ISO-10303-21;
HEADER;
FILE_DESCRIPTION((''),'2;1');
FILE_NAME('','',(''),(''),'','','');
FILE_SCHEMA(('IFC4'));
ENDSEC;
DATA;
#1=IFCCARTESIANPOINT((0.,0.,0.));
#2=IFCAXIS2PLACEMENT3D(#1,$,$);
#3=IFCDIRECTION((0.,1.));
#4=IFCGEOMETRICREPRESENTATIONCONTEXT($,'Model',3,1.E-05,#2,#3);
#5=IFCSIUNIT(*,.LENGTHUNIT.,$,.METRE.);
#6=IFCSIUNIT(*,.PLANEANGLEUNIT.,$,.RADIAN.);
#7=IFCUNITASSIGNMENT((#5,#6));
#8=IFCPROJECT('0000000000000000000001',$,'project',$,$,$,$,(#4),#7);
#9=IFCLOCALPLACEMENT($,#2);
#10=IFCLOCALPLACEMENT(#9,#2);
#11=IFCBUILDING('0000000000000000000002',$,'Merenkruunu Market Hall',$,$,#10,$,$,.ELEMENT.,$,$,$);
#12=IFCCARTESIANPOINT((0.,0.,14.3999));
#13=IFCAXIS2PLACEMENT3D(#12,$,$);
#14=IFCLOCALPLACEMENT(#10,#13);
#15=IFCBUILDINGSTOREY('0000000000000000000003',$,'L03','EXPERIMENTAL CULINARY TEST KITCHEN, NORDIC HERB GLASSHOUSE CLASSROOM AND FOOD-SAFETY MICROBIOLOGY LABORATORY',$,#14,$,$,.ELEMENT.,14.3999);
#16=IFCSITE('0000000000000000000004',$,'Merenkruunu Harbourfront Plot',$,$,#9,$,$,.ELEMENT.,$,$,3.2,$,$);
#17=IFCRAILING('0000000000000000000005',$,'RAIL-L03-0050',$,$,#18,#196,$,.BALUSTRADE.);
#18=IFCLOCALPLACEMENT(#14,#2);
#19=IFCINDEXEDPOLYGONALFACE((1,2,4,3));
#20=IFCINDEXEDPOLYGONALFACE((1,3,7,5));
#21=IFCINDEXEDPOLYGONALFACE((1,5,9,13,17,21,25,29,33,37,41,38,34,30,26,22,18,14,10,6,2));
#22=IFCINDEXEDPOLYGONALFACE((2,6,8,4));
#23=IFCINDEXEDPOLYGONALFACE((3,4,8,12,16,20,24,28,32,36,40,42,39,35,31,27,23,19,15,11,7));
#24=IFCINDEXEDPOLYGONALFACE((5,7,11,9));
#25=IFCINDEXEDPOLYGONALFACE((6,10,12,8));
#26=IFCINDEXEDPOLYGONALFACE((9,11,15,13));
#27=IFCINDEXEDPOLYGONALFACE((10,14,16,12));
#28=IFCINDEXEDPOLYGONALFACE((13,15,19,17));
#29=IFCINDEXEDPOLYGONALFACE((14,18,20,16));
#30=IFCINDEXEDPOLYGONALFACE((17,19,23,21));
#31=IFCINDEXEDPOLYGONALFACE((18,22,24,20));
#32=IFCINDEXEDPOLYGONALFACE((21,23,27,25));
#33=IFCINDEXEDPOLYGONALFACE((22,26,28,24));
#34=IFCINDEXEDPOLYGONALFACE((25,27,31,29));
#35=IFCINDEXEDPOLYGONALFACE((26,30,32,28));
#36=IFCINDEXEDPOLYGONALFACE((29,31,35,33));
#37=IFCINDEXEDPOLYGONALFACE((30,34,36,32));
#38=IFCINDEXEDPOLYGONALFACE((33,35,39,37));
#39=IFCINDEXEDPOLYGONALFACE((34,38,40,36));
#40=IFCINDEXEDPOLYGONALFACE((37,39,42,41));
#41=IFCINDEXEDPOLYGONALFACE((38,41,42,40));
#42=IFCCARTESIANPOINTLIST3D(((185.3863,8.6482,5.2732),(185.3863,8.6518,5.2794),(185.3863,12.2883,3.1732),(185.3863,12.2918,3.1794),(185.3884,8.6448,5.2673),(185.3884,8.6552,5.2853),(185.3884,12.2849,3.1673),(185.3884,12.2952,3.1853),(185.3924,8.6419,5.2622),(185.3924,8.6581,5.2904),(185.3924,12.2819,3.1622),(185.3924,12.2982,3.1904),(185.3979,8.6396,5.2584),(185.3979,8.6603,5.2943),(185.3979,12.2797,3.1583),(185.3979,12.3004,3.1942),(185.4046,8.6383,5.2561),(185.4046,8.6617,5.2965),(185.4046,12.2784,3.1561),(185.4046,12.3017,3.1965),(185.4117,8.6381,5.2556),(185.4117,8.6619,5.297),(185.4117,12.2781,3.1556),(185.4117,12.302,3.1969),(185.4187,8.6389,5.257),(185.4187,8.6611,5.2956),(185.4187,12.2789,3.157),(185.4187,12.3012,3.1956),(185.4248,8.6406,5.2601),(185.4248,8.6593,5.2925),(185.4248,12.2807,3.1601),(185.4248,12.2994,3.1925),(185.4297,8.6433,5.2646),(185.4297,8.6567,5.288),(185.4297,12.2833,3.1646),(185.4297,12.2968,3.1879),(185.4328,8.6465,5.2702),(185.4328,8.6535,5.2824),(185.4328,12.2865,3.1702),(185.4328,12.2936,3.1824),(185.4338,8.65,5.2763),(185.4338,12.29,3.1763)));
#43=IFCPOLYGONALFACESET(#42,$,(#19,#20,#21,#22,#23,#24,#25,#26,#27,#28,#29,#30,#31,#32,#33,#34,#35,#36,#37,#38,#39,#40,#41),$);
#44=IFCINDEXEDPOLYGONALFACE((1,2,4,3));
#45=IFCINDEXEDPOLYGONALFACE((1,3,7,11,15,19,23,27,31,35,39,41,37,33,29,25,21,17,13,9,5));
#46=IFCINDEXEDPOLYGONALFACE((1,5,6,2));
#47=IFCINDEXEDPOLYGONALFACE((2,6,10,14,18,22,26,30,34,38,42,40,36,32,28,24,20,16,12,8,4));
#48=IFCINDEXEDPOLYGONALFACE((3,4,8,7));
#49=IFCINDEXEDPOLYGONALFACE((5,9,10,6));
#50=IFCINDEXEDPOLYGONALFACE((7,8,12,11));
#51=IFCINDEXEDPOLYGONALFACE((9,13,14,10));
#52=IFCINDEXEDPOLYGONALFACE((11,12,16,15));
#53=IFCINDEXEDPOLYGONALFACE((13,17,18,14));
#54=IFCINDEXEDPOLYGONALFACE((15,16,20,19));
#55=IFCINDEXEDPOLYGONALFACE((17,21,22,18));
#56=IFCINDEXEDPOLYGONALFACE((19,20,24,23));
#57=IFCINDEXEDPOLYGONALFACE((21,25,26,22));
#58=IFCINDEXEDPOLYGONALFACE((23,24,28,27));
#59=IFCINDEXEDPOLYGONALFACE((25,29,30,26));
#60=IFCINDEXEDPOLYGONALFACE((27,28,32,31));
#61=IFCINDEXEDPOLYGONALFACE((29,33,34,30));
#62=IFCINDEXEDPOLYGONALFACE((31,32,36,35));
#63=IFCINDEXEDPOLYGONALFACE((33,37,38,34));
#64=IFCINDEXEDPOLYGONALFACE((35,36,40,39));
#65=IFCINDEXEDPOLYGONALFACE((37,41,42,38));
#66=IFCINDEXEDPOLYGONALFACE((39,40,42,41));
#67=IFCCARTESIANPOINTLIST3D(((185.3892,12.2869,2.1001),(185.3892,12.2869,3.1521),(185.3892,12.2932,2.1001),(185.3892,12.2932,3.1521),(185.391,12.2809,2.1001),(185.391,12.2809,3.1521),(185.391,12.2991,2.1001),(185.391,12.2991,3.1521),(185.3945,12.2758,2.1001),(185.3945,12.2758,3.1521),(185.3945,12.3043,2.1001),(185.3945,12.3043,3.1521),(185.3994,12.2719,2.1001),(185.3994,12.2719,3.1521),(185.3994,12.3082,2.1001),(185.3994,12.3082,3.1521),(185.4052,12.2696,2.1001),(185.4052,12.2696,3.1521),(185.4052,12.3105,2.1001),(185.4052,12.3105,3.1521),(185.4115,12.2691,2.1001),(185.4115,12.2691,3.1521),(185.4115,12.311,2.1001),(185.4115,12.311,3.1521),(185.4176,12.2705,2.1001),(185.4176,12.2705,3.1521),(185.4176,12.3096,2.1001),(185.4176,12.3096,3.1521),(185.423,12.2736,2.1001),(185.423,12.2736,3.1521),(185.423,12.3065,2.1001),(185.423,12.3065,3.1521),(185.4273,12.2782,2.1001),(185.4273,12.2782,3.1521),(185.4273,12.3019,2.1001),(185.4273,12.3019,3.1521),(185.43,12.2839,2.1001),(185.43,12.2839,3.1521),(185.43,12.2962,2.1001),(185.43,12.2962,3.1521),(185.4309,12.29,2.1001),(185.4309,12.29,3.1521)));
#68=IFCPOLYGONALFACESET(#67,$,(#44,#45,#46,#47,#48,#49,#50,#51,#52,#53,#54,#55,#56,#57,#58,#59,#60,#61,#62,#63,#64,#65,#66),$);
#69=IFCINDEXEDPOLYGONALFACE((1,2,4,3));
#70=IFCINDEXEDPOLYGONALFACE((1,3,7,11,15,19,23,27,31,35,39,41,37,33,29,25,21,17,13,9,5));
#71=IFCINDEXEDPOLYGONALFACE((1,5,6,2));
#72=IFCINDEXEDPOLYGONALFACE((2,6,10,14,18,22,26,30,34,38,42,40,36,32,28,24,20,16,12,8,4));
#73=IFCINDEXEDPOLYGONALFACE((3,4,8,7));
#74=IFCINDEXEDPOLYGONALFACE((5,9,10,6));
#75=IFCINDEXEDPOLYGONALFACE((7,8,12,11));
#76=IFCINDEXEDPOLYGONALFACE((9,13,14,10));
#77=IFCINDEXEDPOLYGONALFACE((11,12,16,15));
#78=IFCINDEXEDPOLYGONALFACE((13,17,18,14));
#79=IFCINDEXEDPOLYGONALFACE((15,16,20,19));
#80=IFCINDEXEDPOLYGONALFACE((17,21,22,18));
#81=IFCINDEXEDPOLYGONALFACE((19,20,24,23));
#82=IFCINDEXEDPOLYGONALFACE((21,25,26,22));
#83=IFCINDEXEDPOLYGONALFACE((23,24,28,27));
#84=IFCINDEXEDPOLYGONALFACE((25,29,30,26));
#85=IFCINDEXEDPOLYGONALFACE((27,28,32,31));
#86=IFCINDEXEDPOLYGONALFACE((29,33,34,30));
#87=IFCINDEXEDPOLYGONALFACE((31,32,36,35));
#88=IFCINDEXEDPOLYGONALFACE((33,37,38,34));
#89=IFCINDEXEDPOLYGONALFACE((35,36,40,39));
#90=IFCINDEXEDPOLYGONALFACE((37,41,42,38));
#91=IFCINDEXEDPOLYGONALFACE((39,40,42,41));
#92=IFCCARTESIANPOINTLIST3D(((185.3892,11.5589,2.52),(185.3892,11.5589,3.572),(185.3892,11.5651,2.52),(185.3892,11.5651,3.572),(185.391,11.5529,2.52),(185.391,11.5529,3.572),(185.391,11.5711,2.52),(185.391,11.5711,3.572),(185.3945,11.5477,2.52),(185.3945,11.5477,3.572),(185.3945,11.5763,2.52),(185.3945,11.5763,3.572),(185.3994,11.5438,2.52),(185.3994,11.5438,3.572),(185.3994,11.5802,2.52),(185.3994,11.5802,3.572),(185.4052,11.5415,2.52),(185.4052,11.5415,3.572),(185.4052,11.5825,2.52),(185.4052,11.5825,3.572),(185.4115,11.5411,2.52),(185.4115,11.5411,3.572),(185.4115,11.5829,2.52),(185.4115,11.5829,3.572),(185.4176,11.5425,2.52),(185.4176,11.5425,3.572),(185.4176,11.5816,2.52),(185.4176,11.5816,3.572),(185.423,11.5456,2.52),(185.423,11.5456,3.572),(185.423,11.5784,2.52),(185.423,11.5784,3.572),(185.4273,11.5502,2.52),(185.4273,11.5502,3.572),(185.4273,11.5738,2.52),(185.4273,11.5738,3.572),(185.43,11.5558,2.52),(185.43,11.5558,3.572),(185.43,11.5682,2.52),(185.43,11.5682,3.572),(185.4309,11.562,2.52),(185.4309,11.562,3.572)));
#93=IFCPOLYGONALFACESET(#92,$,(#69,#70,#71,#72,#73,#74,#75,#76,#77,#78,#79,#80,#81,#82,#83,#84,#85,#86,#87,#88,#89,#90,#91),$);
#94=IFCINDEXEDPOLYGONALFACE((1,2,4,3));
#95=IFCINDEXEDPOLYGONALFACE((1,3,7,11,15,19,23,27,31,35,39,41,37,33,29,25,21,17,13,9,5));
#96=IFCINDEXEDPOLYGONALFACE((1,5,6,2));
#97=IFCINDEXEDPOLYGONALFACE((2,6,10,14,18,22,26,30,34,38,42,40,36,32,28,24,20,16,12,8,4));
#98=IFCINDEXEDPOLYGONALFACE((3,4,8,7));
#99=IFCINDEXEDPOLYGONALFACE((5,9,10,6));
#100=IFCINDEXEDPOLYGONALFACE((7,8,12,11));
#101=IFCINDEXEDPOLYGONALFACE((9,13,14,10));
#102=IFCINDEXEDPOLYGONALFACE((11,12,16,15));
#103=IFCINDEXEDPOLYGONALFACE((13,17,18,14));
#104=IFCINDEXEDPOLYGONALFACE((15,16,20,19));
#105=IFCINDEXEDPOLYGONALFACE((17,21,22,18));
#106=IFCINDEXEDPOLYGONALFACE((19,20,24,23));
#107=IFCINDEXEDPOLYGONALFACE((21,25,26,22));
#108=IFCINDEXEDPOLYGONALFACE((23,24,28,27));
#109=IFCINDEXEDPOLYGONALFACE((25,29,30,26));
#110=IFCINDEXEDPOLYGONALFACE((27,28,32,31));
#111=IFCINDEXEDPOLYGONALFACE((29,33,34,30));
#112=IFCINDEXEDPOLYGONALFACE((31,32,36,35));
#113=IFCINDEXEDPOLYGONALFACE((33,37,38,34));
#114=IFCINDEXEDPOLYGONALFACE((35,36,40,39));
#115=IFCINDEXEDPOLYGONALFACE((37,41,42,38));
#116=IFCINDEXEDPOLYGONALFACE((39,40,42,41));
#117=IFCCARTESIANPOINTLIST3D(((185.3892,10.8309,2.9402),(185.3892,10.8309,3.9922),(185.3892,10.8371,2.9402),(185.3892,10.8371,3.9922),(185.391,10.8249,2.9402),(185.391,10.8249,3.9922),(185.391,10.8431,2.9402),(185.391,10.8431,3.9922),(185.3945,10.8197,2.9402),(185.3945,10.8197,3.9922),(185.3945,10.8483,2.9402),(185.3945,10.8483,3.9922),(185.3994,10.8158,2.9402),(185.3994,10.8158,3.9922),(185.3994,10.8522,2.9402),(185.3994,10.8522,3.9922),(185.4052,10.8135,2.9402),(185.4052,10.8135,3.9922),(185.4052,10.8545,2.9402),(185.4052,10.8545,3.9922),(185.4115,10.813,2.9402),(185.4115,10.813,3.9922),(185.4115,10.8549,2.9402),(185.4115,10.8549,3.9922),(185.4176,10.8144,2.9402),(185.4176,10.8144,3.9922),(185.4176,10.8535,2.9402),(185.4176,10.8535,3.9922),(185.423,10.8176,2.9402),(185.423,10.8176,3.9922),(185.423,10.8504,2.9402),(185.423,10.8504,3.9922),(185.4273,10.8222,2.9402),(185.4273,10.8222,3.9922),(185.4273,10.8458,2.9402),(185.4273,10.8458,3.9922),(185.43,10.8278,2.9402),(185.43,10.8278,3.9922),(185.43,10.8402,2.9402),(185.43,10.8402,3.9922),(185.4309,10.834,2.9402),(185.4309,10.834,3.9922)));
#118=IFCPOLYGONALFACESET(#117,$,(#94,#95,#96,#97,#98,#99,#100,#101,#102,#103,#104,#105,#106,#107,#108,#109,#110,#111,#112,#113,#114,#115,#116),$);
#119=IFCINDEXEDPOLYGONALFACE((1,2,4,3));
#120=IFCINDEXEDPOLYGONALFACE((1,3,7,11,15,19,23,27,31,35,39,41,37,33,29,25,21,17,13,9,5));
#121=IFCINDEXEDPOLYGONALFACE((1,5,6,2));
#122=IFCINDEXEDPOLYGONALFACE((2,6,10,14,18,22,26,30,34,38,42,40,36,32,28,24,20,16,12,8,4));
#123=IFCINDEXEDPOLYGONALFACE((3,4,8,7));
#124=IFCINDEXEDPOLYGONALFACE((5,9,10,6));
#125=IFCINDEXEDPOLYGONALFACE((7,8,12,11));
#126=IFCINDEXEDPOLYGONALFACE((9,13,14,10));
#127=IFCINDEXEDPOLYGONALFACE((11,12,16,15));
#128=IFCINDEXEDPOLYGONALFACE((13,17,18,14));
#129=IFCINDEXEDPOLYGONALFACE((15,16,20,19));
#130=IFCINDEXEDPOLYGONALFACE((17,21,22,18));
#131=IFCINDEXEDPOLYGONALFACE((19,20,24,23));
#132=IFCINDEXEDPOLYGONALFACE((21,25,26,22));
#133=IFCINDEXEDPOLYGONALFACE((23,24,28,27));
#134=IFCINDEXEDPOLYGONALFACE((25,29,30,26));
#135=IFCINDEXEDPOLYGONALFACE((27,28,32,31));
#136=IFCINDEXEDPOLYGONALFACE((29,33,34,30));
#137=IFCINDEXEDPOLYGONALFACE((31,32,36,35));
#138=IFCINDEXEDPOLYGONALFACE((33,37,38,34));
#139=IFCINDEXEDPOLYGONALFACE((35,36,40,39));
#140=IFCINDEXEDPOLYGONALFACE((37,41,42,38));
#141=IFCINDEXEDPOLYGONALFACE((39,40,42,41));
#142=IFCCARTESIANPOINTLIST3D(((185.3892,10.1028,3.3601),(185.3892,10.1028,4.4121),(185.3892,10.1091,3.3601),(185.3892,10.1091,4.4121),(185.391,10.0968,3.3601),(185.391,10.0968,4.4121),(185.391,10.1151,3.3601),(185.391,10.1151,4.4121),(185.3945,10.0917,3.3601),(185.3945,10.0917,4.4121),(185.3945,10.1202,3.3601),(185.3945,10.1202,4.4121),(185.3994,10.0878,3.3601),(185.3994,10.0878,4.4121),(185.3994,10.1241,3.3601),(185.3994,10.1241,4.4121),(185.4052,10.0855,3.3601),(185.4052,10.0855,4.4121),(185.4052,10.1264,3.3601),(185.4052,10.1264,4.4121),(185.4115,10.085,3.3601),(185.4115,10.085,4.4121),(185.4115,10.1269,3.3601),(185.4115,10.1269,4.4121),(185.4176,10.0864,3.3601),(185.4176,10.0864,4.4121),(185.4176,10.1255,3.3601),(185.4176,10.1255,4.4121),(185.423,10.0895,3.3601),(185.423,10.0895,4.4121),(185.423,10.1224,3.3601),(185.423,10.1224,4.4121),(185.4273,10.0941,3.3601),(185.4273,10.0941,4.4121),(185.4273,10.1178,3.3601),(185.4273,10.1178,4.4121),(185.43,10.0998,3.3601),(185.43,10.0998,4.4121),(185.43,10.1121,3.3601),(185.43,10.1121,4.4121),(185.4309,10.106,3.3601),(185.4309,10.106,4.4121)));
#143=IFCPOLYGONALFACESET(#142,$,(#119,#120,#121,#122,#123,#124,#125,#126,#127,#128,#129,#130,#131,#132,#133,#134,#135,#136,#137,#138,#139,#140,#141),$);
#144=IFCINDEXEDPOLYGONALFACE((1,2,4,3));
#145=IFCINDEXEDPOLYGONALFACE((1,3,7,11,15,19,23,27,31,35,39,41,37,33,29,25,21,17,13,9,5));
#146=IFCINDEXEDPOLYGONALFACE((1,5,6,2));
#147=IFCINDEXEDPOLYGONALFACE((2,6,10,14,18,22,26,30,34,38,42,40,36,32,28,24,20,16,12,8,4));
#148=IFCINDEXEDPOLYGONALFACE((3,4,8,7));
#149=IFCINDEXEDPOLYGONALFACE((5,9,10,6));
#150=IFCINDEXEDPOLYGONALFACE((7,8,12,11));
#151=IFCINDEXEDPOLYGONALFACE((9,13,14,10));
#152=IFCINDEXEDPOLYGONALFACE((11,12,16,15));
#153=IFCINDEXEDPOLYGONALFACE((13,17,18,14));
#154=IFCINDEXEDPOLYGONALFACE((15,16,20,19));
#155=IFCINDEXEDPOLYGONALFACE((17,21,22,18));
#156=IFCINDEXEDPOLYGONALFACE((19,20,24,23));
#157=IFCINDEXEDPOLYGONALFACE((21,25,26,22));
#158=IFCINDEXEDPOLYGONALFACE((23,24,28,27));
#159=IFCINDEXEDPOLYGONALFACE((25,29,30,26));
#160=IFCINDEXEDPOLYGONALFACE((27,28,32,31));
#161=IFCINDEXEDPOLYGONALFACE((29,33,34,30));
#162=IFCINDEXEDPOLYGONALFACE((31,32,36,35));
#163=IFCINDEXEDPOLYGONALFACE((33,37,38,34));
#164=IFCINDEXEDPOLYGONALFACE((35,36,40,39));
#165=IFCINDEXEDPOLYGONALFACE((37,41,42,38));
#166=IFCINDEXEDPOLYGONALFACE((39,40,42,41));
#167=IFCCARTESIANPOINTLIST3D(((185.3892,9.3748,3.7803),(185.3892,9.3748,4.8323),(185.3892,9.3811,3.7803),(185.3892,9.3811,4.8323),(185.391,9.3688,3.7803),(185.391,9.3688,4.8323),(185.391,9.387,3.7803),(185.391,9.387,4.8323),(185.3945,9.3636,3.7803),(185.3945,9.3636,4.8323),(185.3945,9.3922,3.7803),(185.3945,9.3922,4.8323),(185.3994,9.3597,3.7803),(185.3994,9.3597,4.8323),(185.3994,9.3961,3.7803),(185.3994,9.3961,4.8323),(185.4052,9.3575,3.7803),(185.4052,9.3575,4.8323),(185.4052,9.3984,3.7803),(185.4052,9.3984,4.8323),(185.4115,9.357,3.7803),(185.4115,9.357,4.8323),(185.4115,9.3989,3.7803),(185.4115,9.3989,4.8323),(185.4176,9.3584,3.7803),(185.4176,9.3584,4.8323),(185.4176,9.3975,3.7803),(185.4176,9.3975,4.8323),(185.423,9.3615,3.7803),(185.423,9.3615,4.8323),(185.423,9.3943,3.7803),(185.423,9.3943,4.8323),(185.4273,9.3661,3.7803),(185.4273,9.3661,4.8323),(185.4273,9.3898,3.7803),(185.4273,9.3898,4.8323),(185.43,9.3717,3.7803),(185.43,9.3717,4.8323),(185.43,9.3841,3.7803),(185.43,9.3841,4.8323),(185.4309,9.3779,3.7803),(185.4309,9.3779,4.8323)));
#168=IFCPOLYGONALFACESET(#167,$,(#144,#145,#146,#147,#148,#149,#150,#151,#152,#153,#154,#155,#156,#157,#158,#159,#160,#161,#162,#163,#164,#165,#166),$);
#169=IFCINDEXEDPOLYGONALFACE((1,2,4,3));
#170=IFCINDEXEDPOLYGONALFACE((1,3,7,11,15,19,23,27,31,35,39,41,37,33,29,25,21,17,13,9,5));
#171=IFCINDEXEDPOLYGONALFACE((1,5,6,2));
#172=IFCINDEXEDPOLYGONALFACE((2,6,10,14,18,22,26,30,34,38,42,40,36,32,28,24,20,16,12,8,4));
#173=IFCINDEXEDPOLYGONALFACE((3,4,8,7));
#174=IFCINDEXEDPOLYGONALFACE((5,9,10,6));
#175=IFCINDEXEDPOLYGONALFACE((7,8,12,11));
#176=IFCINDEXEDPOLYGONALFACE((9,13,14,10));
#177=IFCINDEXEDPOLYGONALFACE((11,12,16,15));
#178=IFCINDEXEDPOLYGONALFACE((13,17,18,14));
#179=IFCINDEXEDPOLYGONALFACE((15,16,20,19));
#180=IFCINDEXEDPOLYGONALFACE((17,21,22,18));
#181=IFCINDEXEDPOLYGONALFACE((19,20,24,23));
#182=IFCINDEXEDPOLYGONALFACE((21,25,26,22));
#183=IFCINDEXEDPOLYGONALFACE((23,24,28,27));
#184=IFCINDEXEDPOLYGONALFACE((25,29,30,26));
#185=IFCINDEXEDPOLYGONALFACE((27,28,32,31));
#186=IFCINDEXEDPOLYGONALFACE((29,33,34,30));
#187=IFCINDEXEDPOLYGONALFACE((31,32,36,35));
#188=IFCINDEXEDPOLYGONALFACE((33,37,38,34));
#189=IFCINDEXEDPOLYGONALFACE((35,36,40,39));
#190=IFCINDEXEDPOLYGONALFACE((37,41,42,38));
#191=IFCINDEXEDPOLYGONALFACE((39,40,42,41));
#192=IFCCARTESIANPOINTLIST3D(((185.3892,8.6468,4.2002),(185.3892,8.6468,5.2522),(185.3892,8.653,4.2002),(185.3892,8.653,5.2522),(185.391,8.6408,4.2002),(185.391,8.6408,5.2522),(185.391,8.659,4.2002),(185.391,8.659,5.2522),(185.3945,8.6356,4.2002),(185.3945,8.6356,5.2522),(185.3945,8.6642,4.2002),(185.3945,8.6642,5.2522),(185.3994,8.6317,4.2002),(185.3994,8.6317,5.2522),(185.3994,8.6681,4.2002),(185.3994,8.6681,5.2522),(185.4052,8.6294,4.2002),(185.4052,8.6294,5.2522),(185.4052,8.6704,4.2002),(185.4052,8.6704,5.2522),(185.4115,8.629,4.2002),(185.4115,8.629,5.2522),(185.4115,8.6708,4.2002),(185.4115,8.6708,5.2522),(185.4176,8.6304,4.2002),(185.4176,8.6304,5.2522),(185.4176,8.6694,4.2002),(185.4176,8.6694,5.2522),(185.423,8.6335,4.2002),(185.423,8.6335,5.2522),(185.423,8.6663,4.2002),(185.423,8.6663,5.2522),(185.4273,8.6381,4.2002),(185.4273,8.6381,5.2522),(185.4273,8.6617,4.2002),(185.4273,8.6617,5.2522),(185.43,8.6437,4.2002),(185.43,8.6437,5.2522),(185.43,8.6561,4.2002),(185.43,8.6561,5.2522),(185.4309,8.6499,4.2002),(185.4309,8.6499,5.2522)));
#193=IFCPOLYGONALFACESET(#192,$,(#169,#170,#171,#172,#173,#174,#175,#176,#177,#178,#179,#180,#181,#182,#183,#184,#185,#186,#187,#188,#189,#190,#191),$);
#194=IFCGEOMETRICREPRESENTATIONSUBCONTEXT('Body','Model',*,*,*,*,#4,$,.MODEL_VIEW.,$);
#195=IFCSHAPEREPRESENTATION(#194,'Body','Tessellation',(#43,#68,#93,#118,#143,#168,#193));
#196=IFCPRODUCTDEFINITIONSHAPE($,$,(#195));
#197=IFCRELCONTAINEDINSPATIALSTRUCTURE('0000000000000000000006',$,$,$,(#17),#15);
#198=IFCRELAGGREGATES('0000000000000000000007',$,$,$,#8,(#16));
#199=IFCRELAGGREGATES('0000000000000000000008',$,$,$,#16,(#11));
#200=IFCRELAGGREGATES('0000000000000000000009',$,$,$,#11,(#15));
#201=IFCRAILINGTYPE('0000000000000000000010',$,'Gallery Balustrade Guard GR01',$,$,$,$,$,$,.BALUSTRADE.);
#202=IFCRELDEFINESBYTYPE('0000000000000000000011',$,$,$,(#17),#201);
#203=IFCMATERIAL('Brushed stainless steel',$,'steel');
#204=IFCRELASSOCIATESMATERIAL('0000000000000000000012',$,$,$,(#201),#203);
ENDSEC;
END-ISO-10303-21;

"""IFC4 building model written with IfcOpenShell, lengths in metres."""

from ifc_helpers import new_model, si_unit, direction, frame, origin, origin_2d, place, context, subcontext, project, spatial, circle, extrude, material, type_object, element, save


model = new_model("IFC4")

# Units and contexts
model_context = context("Model", 3, precision=1e-05, world=origin(), true_north=direction((0.0, 1.0)))
body_context = subcontext(model_context, "Body", "Model", "MODEL_VIEW")
ifc_project = project(units=[si_unit("LENGTHUNIT", "METRE"), si_unit("PLANEANGLEUNIT", "RADIAN")], contexts=[model_context])

# Site, building, storey
site_placement = place(None, origin())
site = spatial("IfcSite", under=ifc_project, at=site_placement, Name="Merenkruunu Harbourfront Plot", CompositionType="ELEMENT", RefElevation=3.2)
building_placement = place(site_placement, origin())
building = spatial("IfcBuilding", under=site, at=building_placement, Name="Merenkruunu Market Hall", CompositionType="ELEMENT")
storey_placement = place(building_placement, frame((0.0, 0.0, 14.3999)))
storey = spatial("IfcBuildingStorey", under=building, at=storey_placement, Name="L03", Description="EXPERIMENTAL CULINARY TEST KITCHEN, NORDIC HERB GLASSHOUSE CLASSROOM AND FOOD-SAFETY MICROBIOLOGY LABORATORY", CompositionType="ELEMENT", Elevation=14.3999)

# Railing
ifc_material_1 = material(Name="Brushed stainless steel", Category="steel")
railing_type_1 = type_object("IfcRailingType", Name="Gallery Balustrade Guard GR01", PredefinedType="BALUSTRADE", material=ifc_material_1)
railing_1_placement = place(storey_placement, frame((185.4099, 12.29, 2.1001)))
element("IfcRailing", 1, at=railing_1_placement, inside=storey, type_object=railing_type_1, Name="RAIL-L03-0050", PredefinedType="BALUSTRADE", context=body_context, shape_type="SweptSolid", body=[
    extrude(circle(Radius=0.0239, at=origin_2d()), frame((0.0, 0.0, 1.0762), z_axis=(0.0, -0.866184, 0.499726), x_axis=(1.0, 0.0, 0.0)), (0.0, 0.0, 1.0), 4.2024),
    extrude(circle(Radius=0.021, at=origin_2d()), origin(), (0.0, 0.0, 1.0), 1.052),
    extrude(circle(Radius=0.021, at=origin_2d()), frame((0.0, -0.728, 0.4199)), (0.0, 0.0, 1.0), 1.052),
    extrude(circle(Radius=0.021, at=origin_2d()), frame((0.0, -1.4561, 0.8401)), (0.0, 0.0, 1.0), 1.052),
    extrude(circle(Radius=0.021, at=origin_2d()), frame((0.0, -2.1841, 1.26)), (0.0, 0.0, 1.0), 1.052),
    extrude(circle(Radius=0.021, at=origin_2d()), frame((0.0, -2.9121, 1.6802)), (0.0, 0.0, 1.0), 1.052),
    extrude(circle(Radius=0.021, at=origin_2d()), frame((0.0, -3.6401, 2.1001)), (0.0, 0.0, 1.0), 1.052),
])

save(model, "model.ifc")
